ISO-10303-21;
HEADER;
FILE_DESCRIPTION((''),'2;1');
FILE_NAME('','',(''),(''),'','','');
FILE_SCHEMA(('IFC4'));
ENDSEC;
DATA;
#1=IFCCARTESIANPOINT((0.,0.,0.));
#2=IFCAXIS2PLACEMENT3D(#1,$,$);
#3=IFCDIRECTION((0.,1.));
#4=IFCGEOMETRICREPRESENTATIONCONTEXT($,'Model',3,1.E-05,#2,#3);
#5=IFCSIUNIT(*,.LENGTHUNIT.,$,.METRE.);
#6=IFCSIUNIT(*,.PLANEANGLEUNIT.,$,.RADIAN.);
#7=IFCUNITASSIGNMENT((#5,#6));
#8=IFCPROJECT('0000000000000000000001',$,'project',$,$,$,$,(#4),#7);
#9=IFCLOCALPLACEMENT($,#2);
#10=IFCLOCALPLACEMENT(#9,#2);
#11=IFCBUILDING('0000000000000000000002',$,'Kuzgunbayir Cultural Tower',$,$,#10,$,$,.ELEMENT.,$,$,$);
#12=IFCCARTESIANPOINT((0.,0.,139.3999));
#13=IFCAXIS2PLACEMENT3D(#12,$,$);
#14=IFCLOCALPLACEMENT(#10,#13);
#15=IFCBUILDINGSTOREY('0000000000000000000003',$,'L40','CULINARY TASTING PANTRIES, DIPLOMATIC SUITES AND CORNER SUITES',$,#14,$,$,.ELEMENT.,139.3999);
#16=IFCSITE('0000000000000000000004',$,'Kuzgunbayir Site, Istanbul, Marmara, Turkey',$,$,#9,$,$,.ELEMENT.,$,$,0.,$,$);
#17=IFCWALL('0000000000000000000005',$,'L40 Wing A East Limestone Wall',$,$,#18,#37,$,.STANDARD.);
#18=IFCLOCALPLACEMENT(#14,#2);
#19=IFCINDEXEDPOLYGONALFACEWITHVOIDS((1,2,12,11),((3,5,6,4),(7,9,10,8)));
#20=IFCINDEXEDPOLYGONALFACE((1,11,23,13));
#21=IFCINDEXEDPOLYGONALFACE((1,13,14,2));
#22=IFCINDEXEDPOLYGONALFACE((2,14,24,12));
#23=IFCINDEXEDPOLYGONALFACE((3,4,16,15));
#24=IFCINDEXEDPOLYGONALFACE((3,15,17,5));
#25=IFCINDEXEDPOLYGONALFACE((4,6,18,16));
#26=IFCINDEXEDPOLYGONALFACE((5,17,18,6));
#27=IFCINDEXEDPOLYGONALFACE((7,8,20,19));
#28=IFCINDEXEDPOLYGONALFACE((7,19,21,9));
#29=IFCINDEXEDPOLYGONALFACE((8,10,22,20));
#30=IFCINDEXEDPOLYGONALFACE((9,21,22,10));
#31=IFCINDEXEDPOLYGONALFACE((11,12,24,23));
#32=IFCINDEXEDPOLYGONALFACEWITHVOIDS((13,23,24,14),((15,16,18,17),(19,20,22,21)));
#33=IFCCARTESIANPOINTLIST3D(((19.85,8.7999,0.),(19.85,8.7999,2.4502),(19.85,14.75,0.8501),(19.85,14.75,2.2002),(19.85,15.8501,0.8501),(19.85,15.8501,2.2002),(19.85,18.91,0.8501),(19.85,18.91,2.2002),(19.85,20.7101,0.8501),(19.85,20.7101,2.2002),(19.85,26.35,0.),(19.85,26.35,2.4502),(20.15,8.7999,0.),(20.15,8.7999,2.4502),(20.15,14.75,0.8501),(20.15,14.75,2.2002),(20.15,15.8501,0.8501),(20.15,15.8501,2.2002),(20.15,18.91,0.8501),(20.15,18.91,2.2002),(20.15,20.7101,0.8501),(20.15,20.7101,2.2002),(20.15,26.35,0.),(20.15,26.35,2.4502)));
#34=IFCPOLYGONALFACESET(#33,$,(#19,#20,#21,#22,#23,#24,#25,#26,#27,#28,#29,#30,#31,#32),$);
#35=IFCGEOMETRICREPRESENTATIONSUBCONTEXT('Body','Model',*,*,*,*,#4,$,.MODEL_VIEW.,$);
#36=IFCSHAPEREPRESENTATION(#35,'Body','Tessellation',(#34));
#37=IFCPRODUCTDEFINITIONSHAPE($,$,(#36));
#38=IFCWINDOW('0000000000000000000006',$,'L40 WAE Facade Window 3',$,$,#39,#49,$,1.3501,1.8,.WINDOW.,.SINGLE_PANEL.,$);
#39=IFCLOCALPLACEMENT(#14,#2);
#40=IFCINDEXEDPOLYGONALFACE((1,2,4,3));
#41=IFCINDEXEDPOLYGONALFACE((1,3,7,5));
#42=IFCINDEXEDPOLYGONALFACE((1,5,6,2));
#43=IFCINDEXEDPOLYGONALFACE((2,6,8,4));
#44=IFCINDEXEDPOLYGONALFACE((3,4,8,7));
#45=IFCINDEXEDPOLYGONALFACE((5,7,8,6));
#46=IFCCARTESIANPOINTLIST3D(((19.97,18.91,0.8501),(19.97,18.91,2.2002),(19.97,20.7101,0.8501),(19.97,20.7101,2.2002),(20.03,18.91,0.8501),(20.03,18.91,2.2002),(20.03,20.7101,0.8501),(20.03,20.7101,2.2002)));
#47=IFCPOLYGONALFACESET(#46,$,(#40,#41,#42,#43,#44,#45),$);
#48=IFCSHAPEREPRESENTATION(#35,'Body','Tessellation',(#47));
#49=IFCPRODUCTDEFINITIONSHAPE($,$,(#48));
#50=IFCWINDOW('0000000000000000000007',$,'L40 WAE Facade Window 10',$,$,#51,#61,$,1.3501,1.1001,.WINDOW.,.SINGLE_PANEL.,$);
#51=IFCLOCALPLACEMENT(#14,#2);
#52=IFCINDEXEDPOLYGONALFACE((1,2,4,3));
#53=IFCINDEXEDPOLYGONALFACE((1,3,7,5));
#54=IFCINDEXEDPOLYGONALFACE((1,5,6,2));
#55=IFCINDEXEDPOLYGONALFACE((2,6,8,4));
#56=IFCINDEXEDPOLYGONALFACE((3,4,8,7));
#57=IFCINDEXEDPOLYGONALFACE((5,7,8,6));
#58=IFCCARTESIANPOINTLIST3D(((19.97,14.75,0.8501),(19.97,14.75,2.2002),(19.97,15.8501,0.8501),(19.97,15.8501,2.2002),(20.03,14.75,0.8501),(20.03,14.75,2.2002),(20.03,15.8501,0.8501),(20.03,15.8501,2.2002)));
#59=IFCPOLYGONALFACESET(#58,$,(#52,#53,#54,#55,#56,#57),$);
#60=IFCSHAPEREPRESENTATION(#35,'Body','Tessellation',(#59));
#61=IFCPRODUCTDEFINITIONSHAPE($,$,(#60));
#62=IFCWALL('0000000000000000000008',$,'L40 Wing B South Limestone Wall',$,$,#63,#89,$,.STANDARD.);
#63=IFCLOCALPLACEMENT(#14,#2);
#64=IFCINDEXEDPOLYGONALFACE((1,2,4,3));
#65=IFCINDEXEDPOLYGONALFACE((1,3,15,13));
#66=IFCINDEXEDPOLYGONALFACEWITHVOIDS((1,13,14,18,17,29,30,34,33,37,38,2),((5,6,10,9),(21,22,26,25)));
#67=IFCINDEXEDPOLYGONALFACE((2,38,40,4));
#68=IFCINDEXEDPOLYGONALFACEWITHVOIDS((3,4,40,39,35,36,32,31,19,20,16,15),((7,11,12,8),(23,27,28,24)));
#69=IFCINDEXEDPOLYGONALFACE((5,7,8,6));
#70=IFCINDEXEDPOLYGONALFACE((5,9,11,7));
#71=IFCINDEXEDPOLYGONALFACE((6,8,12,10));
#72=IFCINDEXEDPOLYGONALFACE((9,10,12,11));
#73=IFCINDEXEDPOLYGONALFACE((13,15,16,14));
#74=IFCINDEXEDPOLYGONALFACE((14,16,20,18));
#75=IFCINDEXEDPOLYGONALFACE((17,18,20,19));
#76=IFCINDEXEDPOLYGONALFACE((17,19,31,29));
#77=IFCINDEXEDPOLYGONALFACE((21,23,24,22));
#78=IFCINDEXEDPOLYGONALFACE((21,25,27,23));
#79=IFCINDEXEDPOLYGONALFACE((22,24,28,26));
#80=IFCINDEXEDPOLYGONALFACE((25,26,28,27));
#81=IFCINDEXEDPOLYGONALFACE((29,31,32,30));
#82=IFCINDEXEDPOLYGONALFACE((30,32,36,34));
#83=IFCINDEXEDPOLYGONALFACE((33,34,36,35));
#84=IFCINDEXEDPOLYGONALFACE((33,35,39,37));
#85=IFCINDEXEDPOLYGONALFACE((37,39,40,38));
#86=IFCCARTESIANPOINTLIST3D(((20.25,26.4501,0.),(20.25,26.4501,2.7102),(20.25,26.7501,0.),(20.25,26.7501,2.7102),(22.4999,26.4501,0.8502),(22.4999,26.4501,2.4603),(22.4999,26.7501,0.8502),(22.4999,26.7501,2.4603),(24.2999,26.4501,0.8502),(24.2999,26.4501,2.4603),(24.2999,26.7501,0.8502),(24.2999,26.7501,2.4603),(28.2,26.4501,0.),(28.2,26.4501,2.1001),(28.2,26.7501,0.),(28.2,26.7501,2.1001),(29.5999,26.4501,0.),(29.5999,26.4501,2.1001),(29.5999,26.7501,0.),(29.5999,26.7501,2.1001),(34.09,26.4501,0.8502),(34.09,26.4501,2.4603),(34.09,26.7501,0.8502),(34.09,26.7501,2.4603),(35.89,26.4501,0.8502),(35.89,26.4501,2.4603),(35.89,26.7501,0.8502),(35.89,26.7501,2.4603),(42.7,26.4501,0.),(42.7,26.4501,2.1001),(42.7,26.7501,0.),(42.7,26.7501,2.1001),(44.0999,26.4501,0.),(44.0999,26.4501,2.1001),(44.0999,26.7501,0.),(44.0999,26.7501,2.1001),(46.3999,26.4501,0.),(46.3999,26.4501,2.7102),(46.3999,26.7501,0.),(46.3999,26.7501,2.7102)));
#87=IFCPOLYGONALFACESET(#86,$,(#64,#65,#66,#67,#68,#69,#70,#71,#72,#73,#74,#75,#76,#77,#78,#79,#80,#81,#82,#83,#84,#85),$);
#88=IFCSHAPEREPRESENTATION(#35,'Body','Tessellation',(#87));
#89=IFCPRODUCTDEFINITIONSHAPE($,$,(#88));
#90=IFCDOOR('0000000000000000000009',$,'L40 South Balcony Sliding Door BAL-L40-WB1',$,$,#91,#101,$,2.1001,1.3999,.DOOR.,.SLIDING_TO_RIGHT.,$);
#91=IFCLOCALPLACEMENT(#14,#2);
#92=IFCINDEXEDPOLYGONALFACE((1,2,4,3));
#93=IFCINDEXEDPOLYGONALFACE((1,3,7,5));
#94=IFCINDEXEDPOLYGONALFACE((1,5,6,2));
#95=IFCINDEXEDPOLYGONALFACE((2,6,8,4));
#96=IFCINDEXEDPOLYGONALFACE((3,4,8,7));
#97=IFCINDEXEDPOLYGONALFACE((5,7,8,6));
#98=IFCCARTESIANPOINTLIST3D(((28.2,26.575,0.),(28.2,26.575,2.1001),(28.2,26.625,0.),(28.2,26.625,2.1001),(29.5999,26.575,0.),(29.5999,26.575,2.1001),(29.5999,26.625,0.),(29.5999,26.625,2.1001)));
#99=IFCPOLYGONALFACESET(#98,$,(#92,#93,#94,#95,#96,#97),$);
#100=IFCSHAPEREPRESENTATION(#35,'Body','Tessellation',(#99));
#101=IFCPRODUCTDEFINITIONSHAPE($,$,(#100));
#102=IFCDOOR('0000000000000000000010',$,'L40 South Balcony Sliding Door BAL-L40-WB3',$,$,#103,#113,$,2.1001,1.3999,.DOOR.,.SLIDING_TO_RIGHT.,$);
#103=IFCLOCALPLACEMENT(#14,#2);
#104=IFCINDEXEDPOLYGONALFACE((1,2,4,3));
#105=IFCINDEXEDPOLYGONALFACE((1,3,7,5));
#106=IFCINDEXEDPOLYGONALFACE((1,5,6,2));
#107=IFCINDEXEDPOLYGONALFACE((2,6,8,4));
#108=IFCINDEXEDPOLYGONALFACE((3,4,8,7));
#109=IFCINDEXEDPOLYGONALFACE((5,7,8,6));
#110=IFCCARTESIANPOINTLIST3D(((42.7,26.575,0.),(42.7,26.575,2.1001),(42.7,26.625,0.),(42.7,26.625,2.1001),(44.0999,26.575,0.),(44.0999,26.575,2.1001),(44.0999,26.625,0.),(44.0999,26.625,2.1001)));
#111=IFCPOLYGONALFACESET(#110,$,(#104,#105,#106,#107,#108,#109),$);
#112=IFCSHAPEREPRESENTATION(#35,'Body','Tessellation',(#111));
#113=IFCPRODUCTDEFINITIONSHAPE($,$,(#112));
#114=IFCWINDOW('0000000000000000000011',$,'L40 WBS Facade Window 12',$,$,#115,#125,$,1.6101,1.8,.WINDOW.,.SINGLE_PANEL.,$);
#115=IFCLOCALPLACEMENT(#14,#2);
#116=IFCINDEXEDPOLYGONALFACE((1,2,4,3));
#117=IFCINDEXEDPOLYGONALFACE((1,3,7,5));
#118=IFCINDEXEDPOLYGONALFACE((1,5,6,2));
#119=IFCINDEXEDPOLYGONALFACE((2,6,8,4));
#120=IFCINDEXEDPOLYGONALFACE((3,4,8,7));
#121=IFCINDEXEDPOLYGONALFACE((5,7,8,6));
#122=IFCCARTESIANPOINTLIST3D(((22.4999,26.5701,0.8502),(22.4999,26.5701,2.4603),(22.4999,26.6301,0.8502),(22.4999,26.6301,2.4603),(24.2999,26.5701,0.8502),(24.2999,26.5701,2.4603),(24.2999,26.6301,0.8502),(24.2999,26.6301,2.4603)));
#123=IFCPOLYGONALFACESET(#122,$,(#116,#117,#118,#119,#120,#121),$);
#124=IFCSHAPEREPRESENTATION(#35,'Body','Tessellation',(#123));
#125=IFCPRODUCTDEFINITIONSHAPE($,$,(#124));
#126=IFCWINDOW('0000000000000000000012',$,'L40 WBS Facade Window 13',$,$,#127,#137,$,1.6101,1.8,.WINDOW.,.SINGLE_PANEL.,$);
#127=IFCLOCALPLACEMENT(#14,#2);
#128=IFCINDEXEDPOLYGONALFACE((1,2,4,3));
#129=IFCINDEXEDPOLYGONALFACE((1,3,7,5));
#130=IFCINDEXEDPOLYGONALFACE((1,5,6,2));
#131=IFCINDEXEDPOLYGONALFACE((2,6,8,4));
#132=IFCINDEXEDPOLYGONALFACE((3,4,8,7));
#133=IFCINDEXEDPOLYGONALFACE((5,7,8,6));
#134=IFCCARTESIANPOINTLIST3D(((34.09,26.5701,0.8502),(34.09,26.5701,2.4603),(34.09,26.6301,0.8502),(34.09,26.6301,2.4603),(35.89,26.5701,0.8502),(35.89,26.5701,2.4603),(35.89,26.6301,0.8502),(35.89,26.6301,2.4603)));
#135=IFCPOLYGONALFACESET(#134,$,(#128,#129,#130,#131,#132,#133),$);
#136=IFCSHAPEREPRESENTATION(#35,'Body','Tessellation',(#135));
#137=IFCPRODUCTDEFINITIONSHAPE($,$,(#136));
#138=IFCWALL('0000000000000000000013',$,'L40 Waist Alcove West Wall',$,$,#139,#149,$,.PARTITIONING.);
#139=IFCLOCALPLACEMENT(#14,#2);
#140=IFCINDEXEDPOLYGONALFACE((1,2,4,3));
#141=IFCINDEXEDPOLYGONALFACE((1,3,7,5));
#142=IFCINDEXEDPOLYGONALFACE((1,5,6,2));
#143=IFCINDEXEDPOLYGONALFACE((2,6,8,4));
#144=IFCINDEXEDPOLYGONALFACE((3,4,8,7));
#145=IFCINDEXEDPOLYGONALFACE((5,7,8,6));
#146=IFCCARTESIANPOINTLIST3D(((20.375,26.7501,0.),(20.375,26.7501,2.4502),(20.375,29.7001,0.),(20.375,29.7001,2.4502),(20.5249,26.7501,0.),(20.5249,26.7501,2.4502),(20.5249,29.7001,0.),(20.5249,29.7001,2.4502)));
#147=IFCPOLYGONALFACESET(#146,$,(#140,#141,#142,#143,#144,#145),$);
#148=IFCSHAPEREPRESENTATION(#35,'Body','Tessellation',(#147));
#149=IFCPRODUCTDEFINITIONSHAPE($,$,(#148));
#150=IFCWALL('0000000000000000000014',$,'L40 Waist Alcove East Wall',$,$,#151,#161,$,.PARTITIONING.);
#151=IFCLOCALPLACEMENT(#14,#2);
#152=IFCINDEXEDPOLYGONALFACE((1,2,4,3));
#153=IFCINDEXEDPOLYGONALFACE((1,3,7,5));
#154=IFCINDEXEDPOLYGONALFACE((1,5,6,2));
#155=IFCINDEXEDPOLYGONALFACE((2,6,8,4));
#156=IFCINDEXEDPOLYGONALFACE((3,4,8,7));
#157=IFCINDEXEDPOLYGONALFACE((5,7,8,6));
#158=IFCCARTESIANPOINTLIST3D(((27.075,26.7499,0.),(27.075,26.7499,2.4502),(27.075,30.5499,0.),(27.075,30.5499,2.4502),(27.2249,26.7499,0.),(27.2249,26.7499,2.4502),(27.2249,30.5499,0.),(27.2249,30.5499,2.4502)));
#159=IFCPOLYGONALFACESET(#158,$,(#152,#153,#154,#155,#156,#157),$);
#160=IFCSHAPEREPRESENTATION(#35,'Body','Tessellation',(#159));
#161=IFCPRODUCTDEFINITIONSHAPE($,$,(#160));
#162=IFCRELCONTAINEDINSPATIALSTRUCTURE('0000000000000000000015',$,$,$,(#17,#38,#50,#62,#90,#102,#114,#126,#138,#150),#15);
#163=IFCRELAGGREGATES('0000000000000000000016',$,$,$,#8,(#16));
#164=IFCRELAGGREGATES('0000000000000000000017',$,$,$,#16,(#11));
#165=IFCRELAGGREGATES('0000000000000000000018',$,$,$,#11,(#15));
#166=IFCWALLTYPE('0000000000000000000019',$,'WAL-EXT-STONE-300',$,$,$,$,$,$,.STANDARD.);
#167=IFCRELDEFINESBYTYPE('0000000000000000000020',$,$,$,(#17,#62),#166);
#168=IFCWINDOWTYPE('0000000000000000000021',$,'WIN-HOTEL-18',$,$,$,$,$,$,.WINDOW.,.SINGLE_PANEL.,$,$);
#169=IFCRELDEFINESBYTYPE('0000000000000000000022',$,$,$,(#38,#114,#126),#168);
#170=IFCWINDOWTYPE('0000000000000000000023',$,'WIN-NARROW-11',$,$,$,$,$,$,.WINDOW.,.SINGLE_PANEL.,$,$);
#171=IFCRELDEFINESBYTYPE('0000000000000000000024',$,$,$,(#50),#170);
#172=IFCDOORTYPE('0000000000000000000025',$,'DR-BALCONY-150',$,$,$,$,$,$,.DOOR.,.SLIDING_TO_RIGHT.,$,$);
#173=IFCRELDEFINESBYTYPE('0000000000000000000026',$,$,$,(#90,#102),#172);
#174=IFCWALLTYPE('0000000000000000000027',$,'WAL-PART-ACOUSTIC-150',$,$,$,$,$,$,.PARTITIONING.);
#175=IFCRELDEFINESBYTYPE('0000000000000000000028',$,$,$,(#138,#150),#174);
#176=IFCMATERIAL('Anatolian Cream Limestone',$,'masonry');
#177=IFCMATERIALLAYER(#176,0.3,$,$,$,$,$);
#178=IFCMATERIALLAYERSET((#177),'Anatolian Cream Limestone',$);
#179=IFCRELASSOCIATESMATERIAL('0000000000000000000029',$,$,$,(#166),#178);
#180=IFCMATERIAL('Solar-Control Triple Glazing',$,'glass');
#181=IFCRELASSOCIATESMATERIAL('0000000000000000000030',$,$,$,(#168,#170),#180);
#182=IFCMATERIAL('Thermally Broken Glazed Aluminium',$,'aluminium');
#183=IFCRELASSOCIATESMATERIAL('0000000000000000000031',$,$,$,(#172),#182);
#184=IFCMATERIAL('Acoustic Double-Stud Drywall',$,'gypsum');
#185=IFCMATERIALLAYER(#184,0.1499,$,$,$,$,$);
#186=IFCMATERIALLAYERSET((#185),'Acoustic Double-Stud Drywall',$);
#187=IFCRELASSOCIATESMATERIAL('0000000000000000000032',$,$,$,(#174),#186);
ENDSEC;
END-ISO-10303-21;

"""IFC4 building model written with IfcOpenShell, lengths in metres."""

from ifc_helpers import new_model, si_unit, direction, frame, frame_2d, origin, place, context, subcontext, project, spatial, rectangle, extrude, material, layer, layer_set, type_object, element, fill, save


model = new_model("IFC4")

# Units and contexts
model_context = context("Model", 3, precision=1e-05, world=origin(), true_north=direction((0.0, 1.0)))
body_context = subcontext(model_context, "Body", "Model", "MODEL_VIEW")
ifc_project = project(units=[si_unit("LENGTHUNIT", "METRE"), si_unit("PLANEANGLEUNIT", "RADIAN")], contexts=[model_context])

# Site, building, storey
site_placement = place(None, origin())
site = spatial("IfcSite", under=ifc_project, at=site_placement, Name="Kuzgunbayir Site, Istanbul, Marmara, Turkey", CompositionType="ELEMENT", RefElevation=0.0)
building_placement = place(site_placement, origin())
building = spatial("IfcBuilding", under=site, at=building_placement, Name="Kuzgunbayir Cultural Tower", CompositionType="ELEMENT")
storey_placement = place(building_placement, frame((0.0, 0.0, 139.3999)))
storey = spatial("IfcBuildingStorey", under=building, at=storey_placement, Name="L40", Description="CULINARY TASTING PANTRIES, DIPLOMATIC SUITES AND CORNER SUITES", CompositionType="ELEMENT", Elevation=139.3999)

# Wall, openings, windows
ifc_material_1 = material(Name="Anatolian Cream Limestone", Category="masonry")
ifc_layer_1 = layer(ifc_material_1, 0.3)
ifc_layer_set_1 = layer_set([ifc_layer_1], Name="Anatolian Cream Limestone")
wall_type_1 = type_object("IfcWallType", Name="WAL-EXT-STONE-300", PredefinedType="STANDARD", material=ifc_layer_set_1)
wall_1_placement = place(storey_placement, frame((20.0, 8.8, 0.0), z_axis=(0.0, 0.0, 1.0), x_axis=(0.0, 1.0, 0.0)))
wall_1 = element("IfcWall", 1, at=wall_1_placement, inside=storey, type_object=wall_type_1, Name="L40 Wing A East Limestone Wall", PredefinedType="STANDARD", context=body_context, shape_type="SweptSolid", body=[
    extrude(rectangle(XDim=17.55, YDim=0.3, at=frame_2d((8.7749, 0.0))), origin(), (0.0, 0.0, 1.0), 2.4502),
])
opening_1_placement = place(wall_1_placement, frame((10.1101, 0.0, 0.8501)))
opening_1 = element("IfcOpeningElement", 2, at=opening_1_placement, cuts=wall_1, PredefinedType="OPENING", context=body_context, shape_type="SweptSolid", body=[
    extrude(rectangle(XDim=1.8, YDim=1.3501, at=frame_2d((0.8999, 0.675))), frame((0.0, 0.1602, 0.0), z_axis=(0.0, -1.0, 0.0), x_axis=(1.0, 0.0, 0.0)), (0.0, 0.0, 1.0), 0.3201),
])
opening_2_placement = place(wall_1_placement, frame((5.95, 0.0, 0.8501)))
opening_2 = element("IfcOpeningElement", 3, at=opening_2_placement, cuts=wall_1, PredefinedType="OPENING", context=body_context, shape_type="SweptSolid", body=[
    extrude(rectangle(XDim=1.1001, YDim=1.3501, at=frame_2d((0.55, 0.675))), frame((0.0, 0.1602, 0.0), z_axis=(0.0, -1.0, 0.0), x_axis=(1.0, 0.0, 0.0)), (0.0, 0.0, 1.0), 0.3201),
])
ifc_material_2 = material(Name="Solar-Control Triple Glazing", Category="glass")
window_type_1 = type_object("IfcWindowType", Name="WIN-HOTEL-18", PartitioningType="SINGLE_PANEL", PredefinedType="WINDOW", material=ifc_material_2)
window_1_placement = place(opening_1_placement, origin())
window_1 = element("IfcWindow", 4, at=window_1_placement, inside=storey, type_object=window_type_1, Name="L40 WAE Facade Window 3", OverallHeight=1.3501, OverallWidth=1.8, PartitioningType="SINGLE_PANEL", PredefinedType="WINDOW", context=body_context, shape_type="SweptSolid", body=[
    extrude(rectangle(XDim=1.8, YDim=1.3501, at=frame_2d((0.8999, 0.675))), frame((0.0, 0.03, 0.0), z_axis=(0.0, -1.0, 0.0), x_axis=(1.0, 0.0, 0.0)), (0.0, 0.0, 1.0), 0.0601),
])
fill(opening_1, window_1)
window_type_2 = type_object("IfcWindowType", Name="WIN-NARROW-11", PartitioningType="SINGLE_PANEL", PredefinedType="WINDOW", material=ifc_material_2)
window_2_placement = place(opening_2_placement, origin())
window_2 = element("IfcWindow", 5, at=window_2_placement, inside=storey, type_object=window_type_2, Name="L40 WAE Facade Window 10", OverallHeight=1.3501, OverallWidth=1.1001, PartitioningType="SINGLE_PANEL", PredefinedType="WINDOW", context=body_context, shape_type="SweptSolid", body=[
    extrude(rectangle(XDim=1.1001, YDim=1.3501, at=frame_2d((0.55, 0.675))), frame((0.0, 0.03, 0.0), z_axis=(0.0, -1.0, 0.0), x_axis=(1.0, 0.0, 0.0)), (0.0, 0.0, 1.0), 0.0601),
])
fill(opening_2, window_2)

# Wall, openings, doors, windows
wall_2_placement = place(storey_placement, frame((20.25, 26.6001, 0.0), z_axis=(0.0, 0.0, 1.0), x_axis=(1.0, 0.0, 0.0)))
wall_2 = element("IfcWall", 6, at=wall_2_placement, inside=storey, type_object=wall_type_1, Name="L40 Wing B South Limestone Wall", PredefinedType="STANDARD", context=body_context, shape_type="SweptSolid", body=[
    extrude(rectangle(XDim=26.1499, YDim=0.3, at=frame_2d((13.075, 0.0))), origin(), (0.0, 0.0, 1.0), 2.7102),
])
opening_3_placement = place(wall_2_placement, frame((7.95, 0.0, 0.0)))
opening_3 = element("IfcOpeningElement", 7, at=opening_3_placement, cuts=wall_2, PredefinedType="OPENING", context=body_context, shape_type="SweptSolid", body=[
    extrude(rectangle(XDim=1.3999, YDim=2.1001, at=frame_2d((0.7, 1.05))), frame((0.0, 0.1602, 0.0), z_axis=(0.0, -1.0, 0.0), x_axis=(1.0, 0.0, 0.0)), (0.0, 0.0, 1.0), 0.3201),
])
opening_4_placement = place(wall_2_placement, frame((22.45, 0.0, 0.0)))
opening_4 = element("IfcOpeningElement", 8, at=opening_4_placement, cuts=wall_2, PredefinedType="OPENING", context=body_context, shape_type="SweptSolid", body=[
    extrude(rectangle(XDim=1.3999, YDim=2.1001, at=frame_2d((0.7, 1.05))), frame((0.0, 0.1602, 0.0), z_axis=(0.0, -1.0, 0.0), x_axis=(1.0, 0.0, 0.0)), (0.0, 0.0, 1.0), 0.3201),
])
opening_5_placement = place(wall_2_placement, frame((2.25, 0.0, 0.8501)))
opening_5 = element("IfcOpeningElement", 9, at=opening_5_placement, cuts=wall_2, PredefinedType="OPENING", context=body_context, shape_type="SweptSolid", body=[
    extrude(rectangle(XDim=1.8, YDim=1.6101, at=frame_2d((0.8999, 0.8052))), frame((0.0, 0.1602, 0.0), z_axis=(0.0, -1.0, 0.0), x_axis=(1.0, 0.0, 0.0)), (0.0, 0.0, 1.0), 0.3201),
])
opening_6_placement = place(wall_2_placement, frame((13.8401, 0.0, 0.8501)))
opening_6 = element("IfcOpeningElement", 10, at=opening_6_placement, cuts=wall_2, PredefinedType="OPENING", context=body_context, shape_type="SweptSolid", body=[
    extrude(rectangle(XDim=1.8, YDim=1.6101, at=frame_2d((0.8999, 0.8052))), frame((0.0, 0.1602, 0.0), z_axis=(0.0, -1.0, 0.0), x_axis=(1.0, 0.0, 0.0)), (0.0, 0.0, 1.0), 0.3201),
])
ifc_material_3 = material(Name="Thermally Broken Glazed Aluminium", Category="aluminium")
door_type = type_object("IfcDoorType", Name="DR-BALCONY-150", OperationType="SLIDING_TO_RIGHT", PredefinedType="DOOR", material=ifc_material_3)
door_1_placement = place(opening_3_placement, origin())
door_1 = element("IfcDoor", 11, at=door_1_placement, inside=storey, type_object=door_type, Name="L40 South Balcony Sliding Door BAL-L40-WB1", OperationType="SLIDING_TO_RIGHT", OverallHeight=2.1001, OverallWidth=1.3999, PredefinedType="DOOR", context=body_context, shape_type="SweptSolid", body=[
    extrude(rectangle(XDim=1.3999, YDim=2.1001, at=frame_2d((0.7, 1.05))), frame((0.0, 0.0249, 0.0), z_axis=(0.0, -1.0, 0.0), x_axis=(1.0, 0.0, 0.0)), (0.0, 0.0, 1.0), 0.05),
])
fill(opening_3, door_1)
door_2_placement = place(opening_4_placement, origin())
door_2 = element("IfcDoor", 12, at=door_2_placement, inside=storey, type_object=door_type, Name="L40 South Balcony Sliding Door BAL-L40-WB3", OperationType="SLIDING_TO_RIGHT", OverallHeight=2.1001, OverallWidth=1.3999, PredefinedType="DOOR", context=body_context, shape_type="SweptSolid", body=[
    extrude(rectangle(XDim=1.3999, YDim=2.1001, at=frame_2d((0.7, 1.05))), frame((0.0, 0.0249, 0.0), z_axis=(0.0, -1.0, 0.0), x_axis=(1.0, 0.0, 0.0)), (0.0, 0.0, 1.0), 0.05),
])
fill(opening_4, door_2)
window_3_placement = place(opening_5_placement, origin())
window_3 = element("IfcWindow", 13, at=window_3_placement, inside=storey, type_object=window_type_1, Name="L40 WBS Facade Window 12", OverallHeight=1.6101, OverallWidth=1.8, PartitioningType="SINGLE_PANEL", PredefinedType="WINDOW", context=body_context, shape_type="SweptSolid", body=[
    extrude(rectangle(XDim=1.8, YDim=1.6101, at=frame_2d((0.8999, 0.8052))), frame((0.0, 0.03, 0.0), z_axis=(0.0, -1.0, 0.0), x_axis=(1.0, 0.0, 0.0)), (0.0, 0.0, 1.0), 0.0601),
])
fill(opening_5, window_3)
window_4_placement = place(opening_6_placement, origin())
window_4 = element("IfcWindow", 14, at=window_4_placement, inside=storey, type_object=window_type_1, Name="L40 WBS Facade Window 13", OverallHeight=1.6101, OverallWidth=1.8, PartitioningType="SINGLE_PANEL", PredefinedType="WINDOW", context=body_context, shape_type="SweptSolid", body=[
    extrude(rectangle(XDim=1.8, YDim=1.6101, at=frame_2d((0.8999, 0.8052))), frame((0.0, 0.03, 0.0), z_axis=(0.0, -1.0, 0.0), x_axis=(1.0, 0.0, 0.0)), (0.0, 0.0, 1.0), 0.0601),
])
fill(opening_6, window_4)

# Walls
ifc_material_4 = material(Name="Acoustic Double-Stud Drywall", Category="gypsum")
ifc_layer_2 = layer(ifc_material_4, 0.1499)
ifc_layer_set_2 = layer_set([ifc_layer_2], Name="Acoustic Double-Stud Drywall")
wall_type_2 = type_object("IfcWallType", Name="WAL-PART-ACOUSTIC-150", PredefinedType="PARTITIONING", material=ifc_layer_set_2)
wall_3_placement = place(storey_placement, frame((20.45, 26.75, 0.0), z_axis=(0.0, 0.0, 1.0), x_axis=(0.0, 1.0, 0.0)))
element("IfcWall", 15, at=wall_3_placement, inside=storey, type_object=wall_type_2, Name="L40 Waist Alcove West Wall", PredefinedType="PARTITIONING", context=body_context, shape_type="SweptSolid", body=[
    extrude(rectangle(XDim=2.95, YDim=0.1499, at=frame_2d((1.4751, 0.0))), origin(), (0.0, 0.0, 1.0), 2.4502),
])
for number, where, z_axis, x_axis, name in (
    (16, (27.1499, 26.75, 0.0), (0.0, 0.0, 1.0), (0.0, 1.0, 0.0), "L40 Waist Alcove East Wall"),
):
    element("IfcWall", number, at=place(storey_placement, frame(where, z_axis=z_axis, x_axis=x_axis)), inside=storey, type_object=wall_type_2, Name=name, PredefinedType="PARTITIONING", context=body_context, shape_type="SweptSolid", body=[
        extrude(rectangle(XDim=3.8, YDim=0.1499, at=frame_2d((1.8999, 0.0))), origin(), (0.0, 0.0, 1.0), 2.4502),
    ])

save(model, "model.ifc")
